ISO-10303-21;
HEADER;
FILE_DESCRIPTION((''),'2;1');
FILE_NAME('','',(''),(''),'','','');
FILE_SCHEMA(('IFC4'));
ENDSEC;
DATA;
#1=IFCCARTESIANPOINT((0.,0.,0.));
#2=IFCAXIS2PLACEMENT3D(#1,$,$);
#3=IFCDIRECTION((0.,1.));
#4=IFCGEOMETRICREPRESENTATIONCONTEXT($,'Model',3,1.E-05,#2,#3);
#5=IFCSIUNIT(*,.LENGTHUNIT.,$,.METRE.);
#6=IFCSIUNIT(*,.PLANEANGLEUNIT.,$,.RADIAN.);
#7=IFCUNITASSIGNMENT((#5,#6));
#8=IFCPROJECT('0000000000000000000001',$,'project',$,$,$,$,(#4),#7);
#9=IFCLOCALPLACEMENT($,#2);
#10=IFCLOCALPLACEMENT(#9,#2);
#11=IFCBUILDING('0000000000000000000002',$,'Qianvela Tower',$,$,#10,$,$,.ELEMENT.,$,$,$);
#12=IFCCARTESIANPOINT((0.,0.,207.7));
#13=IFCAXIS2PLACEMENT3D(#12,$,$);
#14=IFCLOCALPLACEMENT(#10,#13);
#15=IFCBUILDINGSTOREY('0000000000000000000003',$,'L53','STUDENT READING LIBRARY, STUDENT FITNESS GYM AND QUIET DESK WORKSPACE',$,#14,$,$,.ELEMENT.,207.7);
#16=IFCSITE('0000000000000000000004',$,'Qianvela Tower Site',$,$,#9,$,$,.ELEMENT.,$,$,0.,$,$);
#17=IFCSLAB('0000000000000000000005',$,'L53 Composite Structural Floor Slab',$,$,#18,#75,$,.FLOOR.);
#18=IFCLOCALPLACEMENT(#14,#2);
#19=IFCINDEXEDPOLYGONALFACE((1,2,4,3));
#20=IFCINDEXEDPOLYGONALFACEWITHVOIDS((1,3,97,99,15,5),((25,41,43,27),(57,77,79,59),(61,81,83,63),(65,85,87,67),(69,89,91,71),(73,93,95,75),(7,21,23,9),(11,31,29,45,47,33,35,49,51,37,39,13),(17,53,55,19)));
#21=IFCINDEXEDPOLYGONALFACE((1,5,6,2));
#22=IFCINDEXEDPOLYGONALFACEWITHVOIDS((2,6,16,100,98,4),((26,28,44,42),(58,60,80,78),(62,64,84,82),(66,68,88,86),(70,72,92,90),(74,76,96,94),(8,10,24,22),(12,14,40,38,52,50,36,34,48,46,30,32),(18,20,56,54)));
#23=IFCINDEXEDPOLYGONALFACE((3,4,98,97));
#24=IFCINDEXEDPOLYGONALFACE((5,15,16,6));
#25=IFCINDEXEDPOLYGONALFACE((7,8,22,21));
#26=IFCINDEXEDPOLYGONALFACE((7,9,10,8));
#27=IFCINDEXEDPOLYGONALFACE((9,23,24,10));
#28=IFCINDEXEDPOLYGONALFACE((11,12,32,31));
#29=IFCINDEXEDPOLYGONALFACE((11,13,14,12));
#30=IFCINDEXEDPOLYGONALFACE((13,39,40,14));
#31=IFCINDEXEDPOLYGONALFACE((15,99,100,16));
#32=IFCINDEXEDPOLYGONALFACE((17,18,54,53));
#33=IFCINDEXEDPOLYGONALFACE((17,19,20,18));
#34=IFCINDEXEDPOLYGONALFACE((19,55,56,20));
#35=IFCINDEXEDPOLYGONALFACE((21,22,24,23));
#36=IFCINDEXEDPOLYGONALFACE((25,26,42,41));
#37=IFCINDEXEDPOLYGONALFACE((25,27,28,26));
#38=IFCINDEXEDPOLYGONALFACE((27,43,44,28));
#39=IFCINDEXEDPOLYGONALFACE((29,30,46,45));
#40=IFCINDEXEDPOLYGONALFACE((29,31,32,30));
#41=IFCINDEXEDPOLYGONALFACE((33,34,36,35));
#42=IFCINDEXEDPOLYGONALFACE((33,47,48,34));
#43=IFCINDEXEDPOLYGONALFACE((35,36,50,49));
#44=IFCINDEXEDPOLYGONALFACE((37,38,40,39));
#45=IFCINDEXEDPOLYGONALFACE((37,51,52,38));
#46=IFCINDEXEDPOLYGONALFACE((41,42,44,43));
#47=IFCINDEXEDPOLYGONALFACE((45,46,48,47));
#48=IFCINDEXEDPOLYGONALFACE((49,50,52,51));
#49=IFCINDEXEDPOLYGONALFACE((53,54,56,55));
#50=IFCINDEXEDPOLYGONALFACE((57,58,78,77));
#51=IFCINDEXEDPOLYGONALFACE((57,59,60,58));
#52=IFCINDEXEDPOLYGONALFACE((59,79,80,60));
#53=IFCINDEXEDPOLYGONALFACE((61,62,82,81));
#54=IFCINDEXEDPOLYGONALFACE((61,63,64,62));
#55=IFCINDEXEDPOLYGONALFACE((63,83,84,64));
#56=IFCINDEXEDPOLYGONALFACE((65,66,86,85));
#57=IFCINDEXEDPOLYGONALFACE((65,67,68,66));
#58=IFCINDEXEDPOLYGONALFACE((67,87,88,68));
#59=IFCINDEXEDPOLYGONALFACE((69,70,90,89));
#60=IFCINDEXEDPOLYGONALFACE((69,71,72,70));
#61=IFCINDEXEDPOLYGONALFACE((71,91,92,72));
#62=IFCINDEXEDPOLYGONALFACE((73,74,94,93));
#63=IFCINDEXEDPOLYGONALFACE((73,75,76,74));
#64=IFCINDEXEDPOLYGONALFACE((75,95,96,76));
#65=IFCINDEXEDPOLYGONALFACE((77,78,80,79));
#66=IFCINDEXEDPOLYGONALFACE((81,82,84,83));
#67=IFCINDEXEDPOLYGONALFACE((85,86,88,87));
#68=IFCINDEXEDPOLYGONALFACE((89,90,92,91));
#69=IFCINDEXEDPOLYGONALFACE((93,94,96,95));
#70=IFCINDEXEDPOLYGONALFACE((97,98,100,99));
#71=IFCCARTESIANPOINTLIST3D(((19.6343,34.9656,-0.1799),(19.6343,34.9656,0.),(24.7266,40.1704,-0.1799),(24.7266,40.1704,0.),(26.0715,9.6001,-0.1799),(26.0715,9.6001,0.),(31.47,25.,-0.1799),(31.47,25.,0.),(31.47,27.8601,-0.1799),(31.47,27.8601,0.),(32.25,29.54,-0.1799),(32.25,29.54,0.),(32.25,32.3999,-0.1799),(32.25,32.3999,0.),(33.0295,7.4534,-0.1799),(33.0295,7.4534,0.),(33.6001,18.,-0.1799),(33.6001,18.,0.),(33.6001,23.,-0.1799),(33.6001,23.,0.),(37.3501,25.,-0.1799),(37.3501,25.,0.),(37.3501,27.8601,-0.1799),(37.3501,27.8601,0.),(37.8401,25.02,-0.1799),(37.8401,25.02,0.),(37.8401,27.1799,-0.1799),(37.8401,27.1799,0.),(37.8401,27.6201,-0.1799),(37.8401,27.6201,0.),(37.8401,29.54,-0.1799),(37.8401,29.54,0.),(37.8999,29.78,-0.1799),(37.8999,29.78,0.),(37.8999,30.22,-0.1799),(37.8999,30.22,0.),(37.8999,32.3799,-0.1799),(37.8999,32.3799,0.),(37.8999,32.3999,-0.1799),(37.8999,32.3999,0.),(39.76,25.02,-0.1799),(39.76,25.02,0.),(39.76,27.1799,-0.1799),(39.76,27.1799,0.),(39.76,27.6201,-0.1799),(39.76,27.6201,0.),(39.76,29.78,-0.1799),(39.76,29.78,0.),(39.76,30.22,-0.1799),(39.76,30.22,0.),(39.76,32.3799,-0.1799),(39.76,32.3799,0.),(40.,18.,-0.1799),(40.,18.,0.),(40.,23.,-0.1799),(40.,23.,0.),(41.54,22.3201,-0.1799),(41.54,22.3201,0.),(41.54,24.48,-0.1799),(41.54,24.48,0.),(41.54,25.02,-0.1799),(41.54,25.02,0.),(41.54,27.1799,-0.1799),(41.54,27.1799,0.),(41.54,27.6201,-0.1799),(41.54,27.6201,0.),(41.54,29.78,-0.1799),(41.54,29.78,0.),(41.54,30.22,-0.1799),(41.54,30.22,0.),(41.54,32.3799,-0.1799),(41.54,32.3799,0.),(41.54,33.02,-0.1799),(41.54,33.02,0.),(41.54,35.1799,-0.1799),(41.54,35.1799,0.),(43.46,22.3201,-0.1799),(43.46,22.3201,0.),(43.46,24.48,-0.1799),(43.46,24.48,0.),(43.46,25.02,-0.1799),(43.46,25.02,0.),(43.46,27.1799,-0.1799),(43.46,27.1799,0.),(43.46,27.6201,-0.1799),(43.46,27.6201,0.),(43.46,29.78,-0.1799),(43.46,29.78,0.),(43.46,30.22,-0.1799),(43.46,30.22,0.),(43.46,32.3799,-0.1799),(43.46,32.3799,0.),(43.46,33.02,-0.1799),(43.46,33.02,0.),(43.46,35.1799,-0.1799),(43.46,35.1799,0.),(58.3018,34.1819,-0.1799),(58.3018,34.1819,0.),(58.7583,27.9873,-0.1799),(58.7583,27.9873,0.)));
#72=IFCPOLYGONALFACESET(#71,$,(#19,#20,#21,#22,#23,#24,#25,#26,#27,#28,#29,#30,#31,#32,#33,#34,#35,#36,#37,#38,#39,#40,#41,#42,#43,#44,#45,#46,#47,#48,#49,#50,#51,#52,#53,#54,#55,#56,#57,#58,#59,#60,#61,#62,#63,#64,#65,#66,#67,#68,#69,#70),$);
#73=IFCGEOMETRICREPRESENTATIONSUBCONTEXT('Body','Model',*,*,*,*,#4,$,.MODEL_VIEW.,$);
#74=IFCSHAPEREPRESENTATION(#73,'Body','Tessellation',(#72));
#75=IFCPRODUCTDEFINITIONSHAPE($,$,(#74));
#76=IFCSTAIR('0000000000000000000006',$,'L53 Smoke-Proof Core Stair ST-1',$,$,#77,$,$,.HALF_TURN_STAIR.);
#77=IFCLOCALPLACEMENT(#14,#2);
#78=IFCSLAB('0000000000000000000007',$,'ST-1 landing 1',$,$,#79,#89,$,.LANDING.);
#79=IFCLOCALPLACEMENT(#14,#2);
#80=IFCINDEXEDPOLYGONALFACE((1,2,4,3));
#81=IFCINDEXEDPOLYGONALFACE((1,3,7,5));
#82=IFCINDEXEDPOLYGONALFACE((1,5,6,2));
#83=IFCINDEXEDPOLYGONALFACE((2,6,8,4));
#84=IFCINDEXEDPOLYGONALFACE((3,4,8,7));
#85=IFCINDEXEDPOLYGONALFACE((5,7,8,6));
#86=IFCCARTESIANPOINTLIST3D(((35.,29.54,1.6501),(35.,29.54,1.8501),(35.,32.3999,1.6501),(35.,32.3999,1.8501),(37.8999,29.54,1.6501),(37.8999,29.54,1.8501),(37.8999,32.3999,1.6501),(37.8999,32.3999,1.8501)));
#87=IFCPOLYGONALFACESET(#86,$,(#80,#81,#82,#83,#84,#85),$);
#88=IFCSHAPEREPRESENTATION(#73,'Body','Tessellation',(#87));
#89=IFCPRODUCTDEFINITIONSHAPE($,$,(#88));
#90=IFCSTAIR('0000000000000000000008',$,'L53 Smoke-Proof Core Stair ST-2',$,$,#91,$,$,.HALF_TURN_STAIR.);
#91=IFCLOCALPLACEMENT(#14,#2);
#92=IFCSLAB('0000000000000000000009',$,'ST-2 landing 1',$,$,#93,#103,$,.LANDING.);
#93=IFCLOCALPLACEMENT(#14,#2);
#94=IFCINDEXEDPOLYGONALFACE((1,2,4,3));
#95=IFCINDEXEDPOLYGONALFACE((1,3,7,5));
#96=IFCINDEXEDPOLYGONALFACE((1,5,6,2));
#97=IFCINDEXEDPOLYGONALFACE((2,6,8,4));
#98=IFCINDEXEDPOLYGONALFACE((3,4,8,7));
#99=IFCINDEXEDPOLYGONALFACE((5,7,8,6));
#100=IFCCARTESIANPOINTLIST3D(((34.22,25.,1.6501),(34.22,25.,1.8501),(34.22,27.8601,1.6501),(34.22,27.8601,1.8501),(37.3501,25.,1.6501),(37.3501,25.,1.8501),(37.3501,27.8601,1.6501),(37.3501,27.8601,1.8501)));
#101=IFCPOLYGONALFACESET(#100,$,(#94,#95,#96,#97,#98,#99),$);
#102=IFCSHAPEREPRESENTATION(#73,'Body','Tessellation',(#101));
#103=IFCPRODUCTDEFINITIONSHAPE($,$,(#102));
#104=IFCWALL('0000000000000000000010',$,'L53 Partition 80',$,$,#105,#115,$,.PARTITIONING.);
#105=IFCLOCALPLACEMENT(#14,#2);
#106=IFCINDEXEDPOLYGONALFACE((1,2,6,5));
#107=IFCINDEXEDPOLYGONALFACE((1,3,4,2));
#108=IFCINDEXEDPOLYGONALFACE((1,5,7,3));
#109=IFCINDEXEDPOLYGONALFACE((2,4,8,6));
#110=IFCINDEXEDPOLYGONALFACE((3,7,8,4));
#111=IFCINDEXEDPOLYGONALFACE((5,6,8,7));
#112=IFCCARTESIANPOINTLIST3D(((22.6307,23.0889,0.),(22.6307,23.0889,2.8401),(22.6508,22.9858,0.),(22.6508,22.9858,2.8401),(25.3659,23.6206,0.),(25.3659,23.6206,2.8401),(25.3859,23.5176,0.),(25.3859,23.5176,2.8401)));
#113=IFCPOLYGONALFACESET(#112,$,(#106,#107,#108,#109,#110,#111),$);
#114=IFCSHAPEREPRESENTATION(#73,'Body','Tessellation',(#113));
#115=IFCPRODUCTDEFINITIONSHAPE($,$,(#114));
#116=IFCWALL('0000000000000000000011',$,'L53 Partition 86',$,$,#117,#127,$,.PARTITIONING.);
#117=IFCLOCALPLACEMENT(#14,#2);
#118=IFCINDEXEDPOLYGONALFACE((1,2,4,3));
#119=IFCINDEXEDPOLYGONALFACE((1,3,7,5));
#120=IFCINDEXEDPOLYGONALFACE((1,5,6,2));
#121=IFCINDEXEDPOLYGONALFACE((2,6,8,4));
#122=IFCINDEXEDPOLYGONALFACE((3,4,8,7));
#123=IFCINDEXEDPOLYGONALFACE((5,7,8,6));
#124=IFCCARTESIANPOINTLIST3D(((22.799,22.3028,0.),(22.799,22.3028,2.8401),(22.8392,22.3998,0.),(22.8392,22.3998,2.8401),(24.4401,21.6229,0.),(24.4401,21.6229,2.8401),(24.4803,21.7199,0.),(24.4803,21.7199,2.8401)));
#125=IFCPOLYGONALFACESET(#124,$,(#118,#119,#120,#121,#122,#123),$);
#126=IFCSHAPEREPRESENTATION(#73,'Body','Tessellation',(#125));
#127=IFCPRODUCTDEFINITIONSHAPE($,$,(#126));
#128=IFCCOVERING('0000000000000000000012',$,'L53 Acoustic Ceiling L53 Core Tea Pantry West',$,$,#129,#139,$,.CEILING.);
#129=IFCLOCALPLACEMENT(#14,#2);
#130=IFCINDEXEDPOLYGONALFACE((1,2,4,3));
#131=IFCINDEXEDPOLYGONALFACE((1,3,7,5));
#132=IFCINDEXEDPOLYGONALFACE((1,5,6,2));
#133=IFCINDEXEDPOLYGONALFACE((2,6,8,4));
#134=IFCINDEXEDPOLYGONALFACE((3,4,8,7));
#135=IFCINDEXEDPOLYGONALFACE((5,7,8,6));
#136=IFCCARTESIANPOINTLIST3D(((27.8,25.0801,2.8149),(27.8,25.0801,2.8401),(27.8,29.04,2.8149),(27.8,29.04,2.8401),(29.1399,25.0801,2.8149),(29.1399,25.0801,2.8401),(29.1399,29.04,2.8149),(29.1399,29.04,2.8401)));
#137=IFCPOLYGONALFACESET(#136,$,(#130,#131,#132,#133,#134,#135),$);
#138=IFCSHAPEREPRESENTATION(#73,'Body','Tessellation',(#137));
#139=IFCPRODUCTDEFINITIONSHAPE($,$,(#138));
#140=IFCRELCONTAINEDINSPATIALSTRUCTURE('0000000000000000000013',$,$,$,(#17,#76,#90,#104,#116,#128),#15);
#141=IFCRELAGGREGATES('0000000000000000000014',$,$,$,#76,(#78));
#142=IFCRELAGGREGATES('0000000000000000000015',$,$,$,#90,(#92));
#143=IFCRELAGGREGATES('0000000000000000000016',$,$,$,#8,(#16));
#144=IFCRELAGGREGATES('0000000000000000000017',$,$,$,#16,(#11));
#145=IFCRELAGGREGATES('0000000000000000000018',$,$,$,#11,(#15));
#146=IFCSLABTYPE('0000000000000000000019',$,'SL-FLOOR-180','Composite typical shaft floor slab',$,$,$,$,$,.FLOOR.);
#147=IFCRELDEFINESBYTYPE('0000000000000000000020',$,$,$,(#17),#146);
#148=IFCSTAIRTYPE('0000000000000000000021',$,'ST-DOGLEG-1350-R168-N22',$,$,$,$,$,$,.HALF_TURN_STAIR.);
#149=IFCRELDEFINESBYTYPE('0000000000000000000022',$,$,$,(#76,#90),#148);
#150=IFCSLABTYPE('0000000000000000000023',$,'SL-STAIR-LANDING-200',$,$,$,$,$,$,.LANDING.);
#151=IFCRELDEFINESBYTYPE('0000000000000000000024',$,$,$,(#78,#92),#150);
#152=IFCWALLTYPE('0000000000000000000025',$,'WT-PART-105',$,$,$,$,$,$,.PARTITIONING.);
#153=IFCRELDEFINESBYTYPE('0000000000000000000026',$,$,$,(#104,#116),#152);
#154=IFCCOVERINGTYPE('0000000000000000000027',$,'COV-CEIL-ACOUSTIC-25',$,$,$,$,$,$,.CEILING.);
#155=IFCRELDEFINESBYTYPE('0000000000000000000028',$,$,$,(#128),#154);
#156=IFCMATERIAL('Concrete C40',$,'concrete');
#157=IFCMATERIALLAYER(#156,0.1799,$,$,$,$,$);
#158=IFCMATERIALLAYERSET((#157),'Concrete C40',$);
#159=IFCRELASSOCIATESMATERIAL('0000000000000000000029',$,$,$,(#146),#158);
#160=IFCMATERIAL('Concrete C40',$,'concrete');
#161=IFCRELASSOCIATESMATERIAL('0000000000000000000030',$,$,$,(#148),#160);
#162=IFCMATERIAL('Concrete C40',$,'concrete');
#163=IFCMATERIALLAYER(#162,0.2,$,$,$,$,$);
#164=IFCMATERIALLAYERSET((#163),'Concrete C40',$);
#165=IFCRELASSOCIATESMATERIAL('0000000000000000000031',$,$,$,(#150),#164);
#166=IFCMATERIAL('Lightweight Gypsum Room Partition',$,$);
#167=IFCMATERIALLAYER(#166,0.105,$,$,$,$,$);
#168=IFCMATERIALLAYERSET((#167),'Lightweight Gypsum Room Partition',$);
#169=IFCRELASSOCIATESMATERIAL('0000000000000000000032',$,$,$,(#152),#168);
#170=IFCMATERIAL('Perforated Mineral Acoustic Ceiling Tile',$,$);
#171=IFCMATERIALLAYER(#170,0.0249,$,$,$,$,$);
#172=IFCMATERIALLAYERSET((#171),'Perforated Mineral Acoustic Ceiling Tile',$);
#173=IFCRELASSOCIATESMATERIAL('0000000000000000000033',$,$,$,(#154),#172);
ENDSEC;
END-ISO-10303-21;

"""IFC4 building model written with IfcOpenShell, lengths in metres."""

from ifc_helpers import new_model, si_unit, direction, frame, frame_2d, origin, place, context, subcontext, project, spatial, polyline, rectangle, outline, extrude, material, layer, layer_set, type_object, element, aggregate, save


model = new_model("IFC4")

# Units and contexts
model_context = context("Model", 3, precision=1e-05, world=origin(), true_north=direction((0.0, 1.0)))
body_context = subcontext(model_context, "Body", "Model", "MODEL_VIEW")
ifc_project = project(units=[si_unit("LENGTHUNIT", "METRE"), si_unit("PLANEANGLEUNIT", "RADIAN")], contexts=[model_context])

# Site, building, storey
site_placement = place(None, origin())
site = spatial("IfcSite", under=ifc_project, at=site_placement, Name="Qianvela Tower Site", CompositionType="ELEMENT", RefElevation=0.0)
building_placement = place(site_placement, origin())
building = spatial("IfcBuilding", under=site, at=building_placement, Name="Qianvela Tower", CompositionType="ELEMENT")
storey_placement = place(building_placement, frame((0.0, 0.0, 207.7)))
storey = spatial("IfcBuildingStorey", under=building, at=storey_placement, Name="L53", Description="STUDENT READING LIBRARY, STUDENT FITNESS GYM AND QUIET DESK WORKSPACE", CompositionType="ELEMENT", Elevation=207.7)

# Slab
ifc_material_1 = material(Name="Concrete C40", Category="concrete")
ifc_layer_1 = layer(ifc_material_1, 0.1799)
ifc_layer_set_1 = layer_set([ifc_layer_1], Name="Concrete C40")
slab_type_1 = type_object("IfcSlabType", Name="SL-FLOOR-180", Description="Composite typical shaft floor slab", PredefinedType="FLOOR", material=ifc_layer_set_1)
slab_1_placement = place(storey_placement, frame((0.0, 0.0, -0.1799)))
element("IfcSlab", 1, at=slab_1_placement, inside=storey, type_object=slab_type_1, Name="L53 Composite Structural Floor Slab", PredefinedType="FLOOR", context=body_context, shape_type="SweptSolid", body=[
    extrude(outline(polyline([(58.7583, 27.9873), (58.3018, 34.1819), (24.7266, 40.1704), (19.6343, 34.9656), (26.0715, 9.6001), (33.0295, 7.4534), (58.7583, 27.9873)]), holes=[polyline([(40.0, 23.0), (33.6001, 23.0), (33.6001, 18.0), (40.0, 18.0), (40.0, 23.0)]), polyline([(39.76, 27.1799), (37.8401, 27.1799), (37.8401, 25.02), (39.76, 25.02), (39.76, 27.1799)]), polyline([(37.3501, 27.8601), (31.47, 27.8601), (31.47, 25.0), (37.3501, 25.0), (37.3501, 27.8601)]), polyline([(37.8401, 27.6201), (39.76, 27.6201), (39.76, 29.78), (37.8999, 29.78), (37.8999, 30.22), (39.76, 30.22), (39.76, 32.3799), (37.8999, 32.3799), (37.8999, 32.3999), (32.25, 32.3999), (32.25, 29.54), (37.8401, 29.54), (37.8401, 27.6201)]), polyline([(43.46, 22.3201), (43.46, 24.48), (41.54, 24.48), (41.54, 22.3201), (43.46, 22.3201)]), polyline([(43.46, 25.02), (43.46, 27.1799), (41.54, 27.1799), (41.54, 25.02), (43.46, 25.02)]), polyline([(43.46, 29.78), (41.54, 29.78), (41.54, 27.6201), (43.46, 27.6201), (43.46, 29.78)]), polyline([(43.46, 30.22), (43.46, 32.3799), (41.54, 32.3799), (41.54, 30.22), (43.46, 30.22)]), polyline([(43.46, 33.02), (43.46, 35.1799), (41.54, 35.1799), (41.54, 33.02), (43.46, 33.02)])]), origin(), (0.0, 0.0, 1.0), 0.1799),
])

# Stairs, slabs
ifc_material_2 = material(Name="Concrete C40", Category="concrete")
stair_type = type_object("IfcStairType", Name="ST-DOGLEG-1350-R168-N22", PredefinedType="HALF_TURN_STAIR", material=ifc_material_2)
stair_1_placement = place(storey_placement, origin())
stair_1 = element("IfcStair", 2, at=stair_1_placement, inside=storey, type_object=stair_type, Name="L53 Smoke-Proof Core Stair ST-1", PredefinedType="HALF_TURN_STAIR")
ifc_material_3 = material(Name="Concrete C40", Category="concrete")
ifc_layer_2 = layer(ifc_material_3, 0.2)
ifc_layer_set_2 = layer_set([ifc_layer_2], Name="Concrete C40")
slab_type_2 = type_object("IfcSlabType", Name="SL-STAIR-LANDING-200", PredefinedType="LANDING", material=ifc_layer_set_2)
slab_2_placement = place(storey_placement, frame((0.0, 0.0, 1.6501)))
slab_2 = element("IfcSlab", 3, at=slab_2_placement, type_object=slab_type_2, Name="ST-1 landing 1", PredefinedType="LANDING", context=body_context, shape_type="SweptSolid", body=[
    extrude(outline(polyline([(35.0, 29.54), (37.8999, 29.54), (37.8999, 32.3999), (35.0, 32.3999), (35.0, 29.54)])), origin(), (0.0, 0.0, 1.0), 0.2),
])
aggregate(stair_1, [slab_2])
stair_2_placement = place(storey_placement, origin())
stair_2 = element("IfcStair", 4, at=stair_2_placement, inside=storey, type_object=stair_type, Name="L53 Smoke-Proof Core Stair ST-2", PredefinedType="HALF_TURN_STAIR")
slab_3_placement = place(storey_placement, frame((0.0, 0.0, 1.6501)))
slab_3 = element("IfcSlab", 5, at=slab_3_placement, type_object=slab_type_2, Name="ST-2 landing 1", PredefinedType="LANDING", context=body_context, shape_type="SweptSolid", body=[
    extrude(outline(polyline([(34.22, 25.0), (37.3501, 25.0), (37.3501, 27.8601), (34.22, 27.8601), (34.22, 25.0)])), origin(), (0.0, 0.0, 1.0), 0.2),
])
aggregate(stair_2, [slab_3])

# Walls
ifc_material_4 = material(Name="Lightweight Gypsum Room Partition")
ifc_layer_3 = layer(ifc_material_4, 0.105)
ifc_layer_set_3 = layer_set([ifc_layer_3], Name="Lightweight Gypsum Room Partition")
wall_type = type_object("IfcWallType", Name="WT-PART-105", PredefinedType="PARTITIONING", material=ifc_layer_set_3)
wall_1_placement = place(storey_placement, frame((22.6409, 23.0374, 0.0), z_axis=(0.0, 0.0, 1.0), x_axis=(0.981621, 0.190839, 0.0)))
element("IfcWall", 6, at=wall_1_placement, inside=storey, type_object=wall_type, Name="L53 Partition 80", PredefinedType="PARTITIONING", context=body_context, shape_type="SweptSolid", body=[
    extrude(rectangle(XDim=2.7864, YDim=0.105, at=frame_2d((1.3931, 0.0))), origin(), (0.0, 0.0, 1.0), 2.8401),
])
wall_2_placement = place(storey_placement, frame((22.8191, 22.3513, 0.0), z_axis=(0.0, 0.0, 1.0), x_axis=(0.923848, -0.38276, 0.0)))
element("IfcWall", 7, at=wall_2_placement, inside=storey, type_object=wall_type, Name="L53 Partition 86", PredefinedType="PARTITIONING", context=body_context, shape_type="SweptSolid", body=[
    extrude(rectangle(XDim=1.7764, YDim=0.105, at=frame_2d((0.8882, 0.0))), origin(), (0.0, 0.0, 1.0), 2.8401),
])

# Covering
ifc_material_5 = material(Name="Perforated Mineral Acoustic Ceiling Tile")
ifc_layer_4 = layer(ifc_material_5, 0.0249)
ifc_layer_set_4 = layer_set([ifc_layer_4], Name="Perforated Mineral Acoustic Ceiling Tile")
covering_type_1 = type_object("IfcCoveringType", Name="COV-CEIL-ACOUSTIC-25", PredefinedType="CEILING", material=ifc_layer_set_4)
covering_1_placement = place(storey_placement, frame((0.0, 0.0, 2.8149)))
element("IfcCovering", 8, at=covering_1_placement, inside=storey, type_object=covering_type_1, Name="L53 Acoustic Ceiling L53 Core Tea Pantry West", PredefinedType="CEILING", context=body_context, shape_type="SweptSolid", body=[
    extrude(outline(polyline([(27.8, 25.0801), (27.8, 29.04), (29.1399, 29.04), (29.1399, 25.0801), (27.8, 25.0801)])), origin(), (0.0, 0.0, 1.0), 0.0251),
])

save(model, "model.ifc")
